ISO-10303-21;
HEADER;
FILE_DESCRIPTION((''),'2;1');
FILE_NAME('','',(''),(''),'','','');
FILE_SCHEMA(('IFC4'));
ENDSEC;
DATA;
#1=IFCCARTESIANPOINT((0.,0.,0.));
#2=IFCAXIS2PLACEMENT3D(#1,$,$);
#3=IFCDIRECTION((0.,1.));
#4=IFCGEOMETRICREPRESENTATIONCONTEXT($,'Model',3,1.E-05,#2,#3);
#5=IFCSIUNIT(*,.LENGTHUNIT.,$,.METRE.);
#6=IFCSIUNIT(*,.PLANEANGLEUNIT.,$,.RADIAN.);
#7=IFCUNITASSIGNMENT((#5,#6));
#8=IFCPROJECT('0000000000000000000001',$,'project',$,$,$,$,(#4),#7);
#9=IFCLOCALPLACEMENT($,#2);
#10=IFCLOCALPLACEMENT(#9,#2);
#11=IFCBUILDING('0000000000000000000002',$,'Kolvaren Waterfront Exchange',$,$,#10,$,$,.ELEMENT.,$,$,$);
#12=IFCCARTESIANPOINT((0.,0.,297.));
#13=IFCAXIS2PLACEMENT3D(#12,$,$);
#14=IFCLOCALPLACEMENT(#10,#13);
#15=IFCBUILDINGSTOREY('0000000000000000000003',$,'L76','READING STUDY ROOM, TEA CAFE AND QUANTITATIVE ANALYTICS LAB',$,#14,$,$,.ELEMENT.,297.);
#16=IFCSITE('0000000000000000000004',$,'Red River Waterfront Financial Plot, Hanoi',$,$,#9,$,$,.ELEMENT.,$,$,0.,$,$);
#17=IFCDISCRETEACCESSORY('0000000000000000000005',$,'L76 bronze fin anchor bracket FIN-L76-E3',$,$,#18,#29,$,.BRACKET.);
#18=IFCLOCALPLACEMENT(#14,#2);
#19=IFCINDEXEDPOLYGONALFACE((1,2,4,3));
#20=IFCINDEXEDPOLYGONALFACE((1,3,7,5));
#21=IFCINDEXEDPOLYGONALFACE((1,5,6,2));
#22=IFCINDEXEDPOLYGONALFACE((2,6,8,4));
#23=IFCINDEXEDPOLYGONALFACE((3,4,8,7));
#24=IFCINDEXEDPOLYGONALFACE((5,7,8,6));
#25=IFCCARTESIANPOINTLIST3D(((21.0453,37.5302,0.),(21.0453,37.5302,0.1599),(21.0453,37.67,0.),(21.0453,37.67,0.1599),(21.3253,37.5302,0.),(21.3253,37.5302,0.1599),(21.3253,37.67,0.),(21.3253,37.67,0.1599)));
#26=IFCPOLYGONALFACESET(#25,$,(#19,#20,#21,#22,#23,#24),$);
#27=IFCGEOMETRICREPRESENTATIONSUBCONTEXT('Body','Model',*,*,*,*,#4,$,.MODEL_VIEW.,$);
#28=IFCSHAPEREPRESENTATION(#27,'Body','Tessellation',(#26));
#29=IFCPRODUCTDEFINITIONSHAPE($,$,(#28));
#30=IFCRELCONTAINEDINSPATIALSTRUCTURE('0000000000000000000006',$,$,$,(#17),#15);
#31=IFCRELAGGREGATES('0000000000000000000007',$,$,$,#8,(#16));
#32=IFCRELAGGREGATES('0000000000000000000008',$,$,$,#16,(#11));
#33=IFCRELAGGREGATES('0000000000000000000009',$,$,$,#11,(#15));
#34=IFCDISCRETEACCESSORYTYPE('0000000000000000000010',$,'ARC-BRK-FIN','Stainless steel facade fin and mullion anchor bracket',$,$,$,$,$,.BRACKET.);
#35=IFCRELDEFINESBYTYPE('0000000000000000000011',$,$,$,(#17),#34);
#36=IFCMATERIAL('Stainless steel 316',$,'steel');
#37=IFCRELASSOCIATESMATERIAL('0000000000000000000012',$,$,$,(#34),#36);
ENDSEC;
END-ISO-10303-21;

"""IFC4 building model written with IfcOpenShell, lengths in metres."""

from ifc_helpers import new_model, si_unit, direction, frame, origin, origin_with_axes, origin_2d, place, context, subcontext, project, spatial, rectangle, extrude, source, transform, mapped, material, type_object, element, save


model = new_model("IFC4")

# Units and contexts
model_context = context("Model", 3, precision=1e-05, world=origin(), true_north=direction((0.0, 1.0)))
body_context = subcontext(model_context, "Body", "Model", "MODEL_VIEW")
ifc_project = project(units=[si_unit("LENGTHUNIT", "METRE"), si_unit("PLANEANGLEUNIT", "RADIAN")], contexts=[model_context])

# Site, building, storey
site_placement = place(None, origin())
site = spatial("IfcSite", under=ifc_project, at=site_placement, Name="Red River Waterfront Financial Plot, Hanoi", CompositionType="ELEMENT", RefElevation=0.0)
building_placement = place(site_placement, origin())
building = spatial("IfcBuilding", under=site, at=building_placement, Name="Kolvaren Waterfront Exchange", CompositionType="ELEMENT")
storey_placement = place(building_placement, frame((0.0, 0.0, 297.0)))
storey = spatial("IfcBuildingStorey", under=building, at=storey_placement, Name="L76", Description="READING STUDY ROOM, TEA CAFE AND QUANTITATIVE ANALYTICS LAB", CompositionType="ELEMENT", Elevation=297.0)

# Shared definitions
ifc_material_1 = material(Name="Stainless steel 316", Category="steel")

# Discrete accessory
discrete_accessory_type = type_object("IfcDiscreteAccessoryType", Name="ARC-BRK-FIN", Description="Stainless steel facade fin and mullion anchor bracket", PredefinedType="BRACKET", material=ifc_material_1)
shared_shape_1 = source(origin_with_axes(), body_context, "Body", "SweptSolid", [
    extrude(rectangle(XDim=0.28, YDim=0.1399, at=origin_2d()), origin(), (0.0, 0.0, 1.0), 0.1599),
])
for number, where, z_axis, x_axis, name in (
    (1, (21.1853, 37.6001, 0.0), (0.0, 0.0, 1.0), (1.0, 0.0, 0.0), "L76 bronze fin anchor bracket FIN-L76-E3"),
):
    element("IfcDiscreteAccessory", number, at=place(storey_placement, frame(where, z_axis=z_axis, x_axis=x_axis)), inside=storey, type_object=discrete_accessory_type, Name=name, PredefinedType="BRACKET", context=body_context, shape_type="MappedRepresentation", body=[
        mapped(shared_shape_1, transform((0.0, 0.0, 0.0), x_axis=(1.0, 0.0, 0.0), y_axis=(0.0, 1.0, 0.0), z_axis=(0.0, 0.0, 1.0), scale=1.0)),
    ])

save(model, "model.ifc")
